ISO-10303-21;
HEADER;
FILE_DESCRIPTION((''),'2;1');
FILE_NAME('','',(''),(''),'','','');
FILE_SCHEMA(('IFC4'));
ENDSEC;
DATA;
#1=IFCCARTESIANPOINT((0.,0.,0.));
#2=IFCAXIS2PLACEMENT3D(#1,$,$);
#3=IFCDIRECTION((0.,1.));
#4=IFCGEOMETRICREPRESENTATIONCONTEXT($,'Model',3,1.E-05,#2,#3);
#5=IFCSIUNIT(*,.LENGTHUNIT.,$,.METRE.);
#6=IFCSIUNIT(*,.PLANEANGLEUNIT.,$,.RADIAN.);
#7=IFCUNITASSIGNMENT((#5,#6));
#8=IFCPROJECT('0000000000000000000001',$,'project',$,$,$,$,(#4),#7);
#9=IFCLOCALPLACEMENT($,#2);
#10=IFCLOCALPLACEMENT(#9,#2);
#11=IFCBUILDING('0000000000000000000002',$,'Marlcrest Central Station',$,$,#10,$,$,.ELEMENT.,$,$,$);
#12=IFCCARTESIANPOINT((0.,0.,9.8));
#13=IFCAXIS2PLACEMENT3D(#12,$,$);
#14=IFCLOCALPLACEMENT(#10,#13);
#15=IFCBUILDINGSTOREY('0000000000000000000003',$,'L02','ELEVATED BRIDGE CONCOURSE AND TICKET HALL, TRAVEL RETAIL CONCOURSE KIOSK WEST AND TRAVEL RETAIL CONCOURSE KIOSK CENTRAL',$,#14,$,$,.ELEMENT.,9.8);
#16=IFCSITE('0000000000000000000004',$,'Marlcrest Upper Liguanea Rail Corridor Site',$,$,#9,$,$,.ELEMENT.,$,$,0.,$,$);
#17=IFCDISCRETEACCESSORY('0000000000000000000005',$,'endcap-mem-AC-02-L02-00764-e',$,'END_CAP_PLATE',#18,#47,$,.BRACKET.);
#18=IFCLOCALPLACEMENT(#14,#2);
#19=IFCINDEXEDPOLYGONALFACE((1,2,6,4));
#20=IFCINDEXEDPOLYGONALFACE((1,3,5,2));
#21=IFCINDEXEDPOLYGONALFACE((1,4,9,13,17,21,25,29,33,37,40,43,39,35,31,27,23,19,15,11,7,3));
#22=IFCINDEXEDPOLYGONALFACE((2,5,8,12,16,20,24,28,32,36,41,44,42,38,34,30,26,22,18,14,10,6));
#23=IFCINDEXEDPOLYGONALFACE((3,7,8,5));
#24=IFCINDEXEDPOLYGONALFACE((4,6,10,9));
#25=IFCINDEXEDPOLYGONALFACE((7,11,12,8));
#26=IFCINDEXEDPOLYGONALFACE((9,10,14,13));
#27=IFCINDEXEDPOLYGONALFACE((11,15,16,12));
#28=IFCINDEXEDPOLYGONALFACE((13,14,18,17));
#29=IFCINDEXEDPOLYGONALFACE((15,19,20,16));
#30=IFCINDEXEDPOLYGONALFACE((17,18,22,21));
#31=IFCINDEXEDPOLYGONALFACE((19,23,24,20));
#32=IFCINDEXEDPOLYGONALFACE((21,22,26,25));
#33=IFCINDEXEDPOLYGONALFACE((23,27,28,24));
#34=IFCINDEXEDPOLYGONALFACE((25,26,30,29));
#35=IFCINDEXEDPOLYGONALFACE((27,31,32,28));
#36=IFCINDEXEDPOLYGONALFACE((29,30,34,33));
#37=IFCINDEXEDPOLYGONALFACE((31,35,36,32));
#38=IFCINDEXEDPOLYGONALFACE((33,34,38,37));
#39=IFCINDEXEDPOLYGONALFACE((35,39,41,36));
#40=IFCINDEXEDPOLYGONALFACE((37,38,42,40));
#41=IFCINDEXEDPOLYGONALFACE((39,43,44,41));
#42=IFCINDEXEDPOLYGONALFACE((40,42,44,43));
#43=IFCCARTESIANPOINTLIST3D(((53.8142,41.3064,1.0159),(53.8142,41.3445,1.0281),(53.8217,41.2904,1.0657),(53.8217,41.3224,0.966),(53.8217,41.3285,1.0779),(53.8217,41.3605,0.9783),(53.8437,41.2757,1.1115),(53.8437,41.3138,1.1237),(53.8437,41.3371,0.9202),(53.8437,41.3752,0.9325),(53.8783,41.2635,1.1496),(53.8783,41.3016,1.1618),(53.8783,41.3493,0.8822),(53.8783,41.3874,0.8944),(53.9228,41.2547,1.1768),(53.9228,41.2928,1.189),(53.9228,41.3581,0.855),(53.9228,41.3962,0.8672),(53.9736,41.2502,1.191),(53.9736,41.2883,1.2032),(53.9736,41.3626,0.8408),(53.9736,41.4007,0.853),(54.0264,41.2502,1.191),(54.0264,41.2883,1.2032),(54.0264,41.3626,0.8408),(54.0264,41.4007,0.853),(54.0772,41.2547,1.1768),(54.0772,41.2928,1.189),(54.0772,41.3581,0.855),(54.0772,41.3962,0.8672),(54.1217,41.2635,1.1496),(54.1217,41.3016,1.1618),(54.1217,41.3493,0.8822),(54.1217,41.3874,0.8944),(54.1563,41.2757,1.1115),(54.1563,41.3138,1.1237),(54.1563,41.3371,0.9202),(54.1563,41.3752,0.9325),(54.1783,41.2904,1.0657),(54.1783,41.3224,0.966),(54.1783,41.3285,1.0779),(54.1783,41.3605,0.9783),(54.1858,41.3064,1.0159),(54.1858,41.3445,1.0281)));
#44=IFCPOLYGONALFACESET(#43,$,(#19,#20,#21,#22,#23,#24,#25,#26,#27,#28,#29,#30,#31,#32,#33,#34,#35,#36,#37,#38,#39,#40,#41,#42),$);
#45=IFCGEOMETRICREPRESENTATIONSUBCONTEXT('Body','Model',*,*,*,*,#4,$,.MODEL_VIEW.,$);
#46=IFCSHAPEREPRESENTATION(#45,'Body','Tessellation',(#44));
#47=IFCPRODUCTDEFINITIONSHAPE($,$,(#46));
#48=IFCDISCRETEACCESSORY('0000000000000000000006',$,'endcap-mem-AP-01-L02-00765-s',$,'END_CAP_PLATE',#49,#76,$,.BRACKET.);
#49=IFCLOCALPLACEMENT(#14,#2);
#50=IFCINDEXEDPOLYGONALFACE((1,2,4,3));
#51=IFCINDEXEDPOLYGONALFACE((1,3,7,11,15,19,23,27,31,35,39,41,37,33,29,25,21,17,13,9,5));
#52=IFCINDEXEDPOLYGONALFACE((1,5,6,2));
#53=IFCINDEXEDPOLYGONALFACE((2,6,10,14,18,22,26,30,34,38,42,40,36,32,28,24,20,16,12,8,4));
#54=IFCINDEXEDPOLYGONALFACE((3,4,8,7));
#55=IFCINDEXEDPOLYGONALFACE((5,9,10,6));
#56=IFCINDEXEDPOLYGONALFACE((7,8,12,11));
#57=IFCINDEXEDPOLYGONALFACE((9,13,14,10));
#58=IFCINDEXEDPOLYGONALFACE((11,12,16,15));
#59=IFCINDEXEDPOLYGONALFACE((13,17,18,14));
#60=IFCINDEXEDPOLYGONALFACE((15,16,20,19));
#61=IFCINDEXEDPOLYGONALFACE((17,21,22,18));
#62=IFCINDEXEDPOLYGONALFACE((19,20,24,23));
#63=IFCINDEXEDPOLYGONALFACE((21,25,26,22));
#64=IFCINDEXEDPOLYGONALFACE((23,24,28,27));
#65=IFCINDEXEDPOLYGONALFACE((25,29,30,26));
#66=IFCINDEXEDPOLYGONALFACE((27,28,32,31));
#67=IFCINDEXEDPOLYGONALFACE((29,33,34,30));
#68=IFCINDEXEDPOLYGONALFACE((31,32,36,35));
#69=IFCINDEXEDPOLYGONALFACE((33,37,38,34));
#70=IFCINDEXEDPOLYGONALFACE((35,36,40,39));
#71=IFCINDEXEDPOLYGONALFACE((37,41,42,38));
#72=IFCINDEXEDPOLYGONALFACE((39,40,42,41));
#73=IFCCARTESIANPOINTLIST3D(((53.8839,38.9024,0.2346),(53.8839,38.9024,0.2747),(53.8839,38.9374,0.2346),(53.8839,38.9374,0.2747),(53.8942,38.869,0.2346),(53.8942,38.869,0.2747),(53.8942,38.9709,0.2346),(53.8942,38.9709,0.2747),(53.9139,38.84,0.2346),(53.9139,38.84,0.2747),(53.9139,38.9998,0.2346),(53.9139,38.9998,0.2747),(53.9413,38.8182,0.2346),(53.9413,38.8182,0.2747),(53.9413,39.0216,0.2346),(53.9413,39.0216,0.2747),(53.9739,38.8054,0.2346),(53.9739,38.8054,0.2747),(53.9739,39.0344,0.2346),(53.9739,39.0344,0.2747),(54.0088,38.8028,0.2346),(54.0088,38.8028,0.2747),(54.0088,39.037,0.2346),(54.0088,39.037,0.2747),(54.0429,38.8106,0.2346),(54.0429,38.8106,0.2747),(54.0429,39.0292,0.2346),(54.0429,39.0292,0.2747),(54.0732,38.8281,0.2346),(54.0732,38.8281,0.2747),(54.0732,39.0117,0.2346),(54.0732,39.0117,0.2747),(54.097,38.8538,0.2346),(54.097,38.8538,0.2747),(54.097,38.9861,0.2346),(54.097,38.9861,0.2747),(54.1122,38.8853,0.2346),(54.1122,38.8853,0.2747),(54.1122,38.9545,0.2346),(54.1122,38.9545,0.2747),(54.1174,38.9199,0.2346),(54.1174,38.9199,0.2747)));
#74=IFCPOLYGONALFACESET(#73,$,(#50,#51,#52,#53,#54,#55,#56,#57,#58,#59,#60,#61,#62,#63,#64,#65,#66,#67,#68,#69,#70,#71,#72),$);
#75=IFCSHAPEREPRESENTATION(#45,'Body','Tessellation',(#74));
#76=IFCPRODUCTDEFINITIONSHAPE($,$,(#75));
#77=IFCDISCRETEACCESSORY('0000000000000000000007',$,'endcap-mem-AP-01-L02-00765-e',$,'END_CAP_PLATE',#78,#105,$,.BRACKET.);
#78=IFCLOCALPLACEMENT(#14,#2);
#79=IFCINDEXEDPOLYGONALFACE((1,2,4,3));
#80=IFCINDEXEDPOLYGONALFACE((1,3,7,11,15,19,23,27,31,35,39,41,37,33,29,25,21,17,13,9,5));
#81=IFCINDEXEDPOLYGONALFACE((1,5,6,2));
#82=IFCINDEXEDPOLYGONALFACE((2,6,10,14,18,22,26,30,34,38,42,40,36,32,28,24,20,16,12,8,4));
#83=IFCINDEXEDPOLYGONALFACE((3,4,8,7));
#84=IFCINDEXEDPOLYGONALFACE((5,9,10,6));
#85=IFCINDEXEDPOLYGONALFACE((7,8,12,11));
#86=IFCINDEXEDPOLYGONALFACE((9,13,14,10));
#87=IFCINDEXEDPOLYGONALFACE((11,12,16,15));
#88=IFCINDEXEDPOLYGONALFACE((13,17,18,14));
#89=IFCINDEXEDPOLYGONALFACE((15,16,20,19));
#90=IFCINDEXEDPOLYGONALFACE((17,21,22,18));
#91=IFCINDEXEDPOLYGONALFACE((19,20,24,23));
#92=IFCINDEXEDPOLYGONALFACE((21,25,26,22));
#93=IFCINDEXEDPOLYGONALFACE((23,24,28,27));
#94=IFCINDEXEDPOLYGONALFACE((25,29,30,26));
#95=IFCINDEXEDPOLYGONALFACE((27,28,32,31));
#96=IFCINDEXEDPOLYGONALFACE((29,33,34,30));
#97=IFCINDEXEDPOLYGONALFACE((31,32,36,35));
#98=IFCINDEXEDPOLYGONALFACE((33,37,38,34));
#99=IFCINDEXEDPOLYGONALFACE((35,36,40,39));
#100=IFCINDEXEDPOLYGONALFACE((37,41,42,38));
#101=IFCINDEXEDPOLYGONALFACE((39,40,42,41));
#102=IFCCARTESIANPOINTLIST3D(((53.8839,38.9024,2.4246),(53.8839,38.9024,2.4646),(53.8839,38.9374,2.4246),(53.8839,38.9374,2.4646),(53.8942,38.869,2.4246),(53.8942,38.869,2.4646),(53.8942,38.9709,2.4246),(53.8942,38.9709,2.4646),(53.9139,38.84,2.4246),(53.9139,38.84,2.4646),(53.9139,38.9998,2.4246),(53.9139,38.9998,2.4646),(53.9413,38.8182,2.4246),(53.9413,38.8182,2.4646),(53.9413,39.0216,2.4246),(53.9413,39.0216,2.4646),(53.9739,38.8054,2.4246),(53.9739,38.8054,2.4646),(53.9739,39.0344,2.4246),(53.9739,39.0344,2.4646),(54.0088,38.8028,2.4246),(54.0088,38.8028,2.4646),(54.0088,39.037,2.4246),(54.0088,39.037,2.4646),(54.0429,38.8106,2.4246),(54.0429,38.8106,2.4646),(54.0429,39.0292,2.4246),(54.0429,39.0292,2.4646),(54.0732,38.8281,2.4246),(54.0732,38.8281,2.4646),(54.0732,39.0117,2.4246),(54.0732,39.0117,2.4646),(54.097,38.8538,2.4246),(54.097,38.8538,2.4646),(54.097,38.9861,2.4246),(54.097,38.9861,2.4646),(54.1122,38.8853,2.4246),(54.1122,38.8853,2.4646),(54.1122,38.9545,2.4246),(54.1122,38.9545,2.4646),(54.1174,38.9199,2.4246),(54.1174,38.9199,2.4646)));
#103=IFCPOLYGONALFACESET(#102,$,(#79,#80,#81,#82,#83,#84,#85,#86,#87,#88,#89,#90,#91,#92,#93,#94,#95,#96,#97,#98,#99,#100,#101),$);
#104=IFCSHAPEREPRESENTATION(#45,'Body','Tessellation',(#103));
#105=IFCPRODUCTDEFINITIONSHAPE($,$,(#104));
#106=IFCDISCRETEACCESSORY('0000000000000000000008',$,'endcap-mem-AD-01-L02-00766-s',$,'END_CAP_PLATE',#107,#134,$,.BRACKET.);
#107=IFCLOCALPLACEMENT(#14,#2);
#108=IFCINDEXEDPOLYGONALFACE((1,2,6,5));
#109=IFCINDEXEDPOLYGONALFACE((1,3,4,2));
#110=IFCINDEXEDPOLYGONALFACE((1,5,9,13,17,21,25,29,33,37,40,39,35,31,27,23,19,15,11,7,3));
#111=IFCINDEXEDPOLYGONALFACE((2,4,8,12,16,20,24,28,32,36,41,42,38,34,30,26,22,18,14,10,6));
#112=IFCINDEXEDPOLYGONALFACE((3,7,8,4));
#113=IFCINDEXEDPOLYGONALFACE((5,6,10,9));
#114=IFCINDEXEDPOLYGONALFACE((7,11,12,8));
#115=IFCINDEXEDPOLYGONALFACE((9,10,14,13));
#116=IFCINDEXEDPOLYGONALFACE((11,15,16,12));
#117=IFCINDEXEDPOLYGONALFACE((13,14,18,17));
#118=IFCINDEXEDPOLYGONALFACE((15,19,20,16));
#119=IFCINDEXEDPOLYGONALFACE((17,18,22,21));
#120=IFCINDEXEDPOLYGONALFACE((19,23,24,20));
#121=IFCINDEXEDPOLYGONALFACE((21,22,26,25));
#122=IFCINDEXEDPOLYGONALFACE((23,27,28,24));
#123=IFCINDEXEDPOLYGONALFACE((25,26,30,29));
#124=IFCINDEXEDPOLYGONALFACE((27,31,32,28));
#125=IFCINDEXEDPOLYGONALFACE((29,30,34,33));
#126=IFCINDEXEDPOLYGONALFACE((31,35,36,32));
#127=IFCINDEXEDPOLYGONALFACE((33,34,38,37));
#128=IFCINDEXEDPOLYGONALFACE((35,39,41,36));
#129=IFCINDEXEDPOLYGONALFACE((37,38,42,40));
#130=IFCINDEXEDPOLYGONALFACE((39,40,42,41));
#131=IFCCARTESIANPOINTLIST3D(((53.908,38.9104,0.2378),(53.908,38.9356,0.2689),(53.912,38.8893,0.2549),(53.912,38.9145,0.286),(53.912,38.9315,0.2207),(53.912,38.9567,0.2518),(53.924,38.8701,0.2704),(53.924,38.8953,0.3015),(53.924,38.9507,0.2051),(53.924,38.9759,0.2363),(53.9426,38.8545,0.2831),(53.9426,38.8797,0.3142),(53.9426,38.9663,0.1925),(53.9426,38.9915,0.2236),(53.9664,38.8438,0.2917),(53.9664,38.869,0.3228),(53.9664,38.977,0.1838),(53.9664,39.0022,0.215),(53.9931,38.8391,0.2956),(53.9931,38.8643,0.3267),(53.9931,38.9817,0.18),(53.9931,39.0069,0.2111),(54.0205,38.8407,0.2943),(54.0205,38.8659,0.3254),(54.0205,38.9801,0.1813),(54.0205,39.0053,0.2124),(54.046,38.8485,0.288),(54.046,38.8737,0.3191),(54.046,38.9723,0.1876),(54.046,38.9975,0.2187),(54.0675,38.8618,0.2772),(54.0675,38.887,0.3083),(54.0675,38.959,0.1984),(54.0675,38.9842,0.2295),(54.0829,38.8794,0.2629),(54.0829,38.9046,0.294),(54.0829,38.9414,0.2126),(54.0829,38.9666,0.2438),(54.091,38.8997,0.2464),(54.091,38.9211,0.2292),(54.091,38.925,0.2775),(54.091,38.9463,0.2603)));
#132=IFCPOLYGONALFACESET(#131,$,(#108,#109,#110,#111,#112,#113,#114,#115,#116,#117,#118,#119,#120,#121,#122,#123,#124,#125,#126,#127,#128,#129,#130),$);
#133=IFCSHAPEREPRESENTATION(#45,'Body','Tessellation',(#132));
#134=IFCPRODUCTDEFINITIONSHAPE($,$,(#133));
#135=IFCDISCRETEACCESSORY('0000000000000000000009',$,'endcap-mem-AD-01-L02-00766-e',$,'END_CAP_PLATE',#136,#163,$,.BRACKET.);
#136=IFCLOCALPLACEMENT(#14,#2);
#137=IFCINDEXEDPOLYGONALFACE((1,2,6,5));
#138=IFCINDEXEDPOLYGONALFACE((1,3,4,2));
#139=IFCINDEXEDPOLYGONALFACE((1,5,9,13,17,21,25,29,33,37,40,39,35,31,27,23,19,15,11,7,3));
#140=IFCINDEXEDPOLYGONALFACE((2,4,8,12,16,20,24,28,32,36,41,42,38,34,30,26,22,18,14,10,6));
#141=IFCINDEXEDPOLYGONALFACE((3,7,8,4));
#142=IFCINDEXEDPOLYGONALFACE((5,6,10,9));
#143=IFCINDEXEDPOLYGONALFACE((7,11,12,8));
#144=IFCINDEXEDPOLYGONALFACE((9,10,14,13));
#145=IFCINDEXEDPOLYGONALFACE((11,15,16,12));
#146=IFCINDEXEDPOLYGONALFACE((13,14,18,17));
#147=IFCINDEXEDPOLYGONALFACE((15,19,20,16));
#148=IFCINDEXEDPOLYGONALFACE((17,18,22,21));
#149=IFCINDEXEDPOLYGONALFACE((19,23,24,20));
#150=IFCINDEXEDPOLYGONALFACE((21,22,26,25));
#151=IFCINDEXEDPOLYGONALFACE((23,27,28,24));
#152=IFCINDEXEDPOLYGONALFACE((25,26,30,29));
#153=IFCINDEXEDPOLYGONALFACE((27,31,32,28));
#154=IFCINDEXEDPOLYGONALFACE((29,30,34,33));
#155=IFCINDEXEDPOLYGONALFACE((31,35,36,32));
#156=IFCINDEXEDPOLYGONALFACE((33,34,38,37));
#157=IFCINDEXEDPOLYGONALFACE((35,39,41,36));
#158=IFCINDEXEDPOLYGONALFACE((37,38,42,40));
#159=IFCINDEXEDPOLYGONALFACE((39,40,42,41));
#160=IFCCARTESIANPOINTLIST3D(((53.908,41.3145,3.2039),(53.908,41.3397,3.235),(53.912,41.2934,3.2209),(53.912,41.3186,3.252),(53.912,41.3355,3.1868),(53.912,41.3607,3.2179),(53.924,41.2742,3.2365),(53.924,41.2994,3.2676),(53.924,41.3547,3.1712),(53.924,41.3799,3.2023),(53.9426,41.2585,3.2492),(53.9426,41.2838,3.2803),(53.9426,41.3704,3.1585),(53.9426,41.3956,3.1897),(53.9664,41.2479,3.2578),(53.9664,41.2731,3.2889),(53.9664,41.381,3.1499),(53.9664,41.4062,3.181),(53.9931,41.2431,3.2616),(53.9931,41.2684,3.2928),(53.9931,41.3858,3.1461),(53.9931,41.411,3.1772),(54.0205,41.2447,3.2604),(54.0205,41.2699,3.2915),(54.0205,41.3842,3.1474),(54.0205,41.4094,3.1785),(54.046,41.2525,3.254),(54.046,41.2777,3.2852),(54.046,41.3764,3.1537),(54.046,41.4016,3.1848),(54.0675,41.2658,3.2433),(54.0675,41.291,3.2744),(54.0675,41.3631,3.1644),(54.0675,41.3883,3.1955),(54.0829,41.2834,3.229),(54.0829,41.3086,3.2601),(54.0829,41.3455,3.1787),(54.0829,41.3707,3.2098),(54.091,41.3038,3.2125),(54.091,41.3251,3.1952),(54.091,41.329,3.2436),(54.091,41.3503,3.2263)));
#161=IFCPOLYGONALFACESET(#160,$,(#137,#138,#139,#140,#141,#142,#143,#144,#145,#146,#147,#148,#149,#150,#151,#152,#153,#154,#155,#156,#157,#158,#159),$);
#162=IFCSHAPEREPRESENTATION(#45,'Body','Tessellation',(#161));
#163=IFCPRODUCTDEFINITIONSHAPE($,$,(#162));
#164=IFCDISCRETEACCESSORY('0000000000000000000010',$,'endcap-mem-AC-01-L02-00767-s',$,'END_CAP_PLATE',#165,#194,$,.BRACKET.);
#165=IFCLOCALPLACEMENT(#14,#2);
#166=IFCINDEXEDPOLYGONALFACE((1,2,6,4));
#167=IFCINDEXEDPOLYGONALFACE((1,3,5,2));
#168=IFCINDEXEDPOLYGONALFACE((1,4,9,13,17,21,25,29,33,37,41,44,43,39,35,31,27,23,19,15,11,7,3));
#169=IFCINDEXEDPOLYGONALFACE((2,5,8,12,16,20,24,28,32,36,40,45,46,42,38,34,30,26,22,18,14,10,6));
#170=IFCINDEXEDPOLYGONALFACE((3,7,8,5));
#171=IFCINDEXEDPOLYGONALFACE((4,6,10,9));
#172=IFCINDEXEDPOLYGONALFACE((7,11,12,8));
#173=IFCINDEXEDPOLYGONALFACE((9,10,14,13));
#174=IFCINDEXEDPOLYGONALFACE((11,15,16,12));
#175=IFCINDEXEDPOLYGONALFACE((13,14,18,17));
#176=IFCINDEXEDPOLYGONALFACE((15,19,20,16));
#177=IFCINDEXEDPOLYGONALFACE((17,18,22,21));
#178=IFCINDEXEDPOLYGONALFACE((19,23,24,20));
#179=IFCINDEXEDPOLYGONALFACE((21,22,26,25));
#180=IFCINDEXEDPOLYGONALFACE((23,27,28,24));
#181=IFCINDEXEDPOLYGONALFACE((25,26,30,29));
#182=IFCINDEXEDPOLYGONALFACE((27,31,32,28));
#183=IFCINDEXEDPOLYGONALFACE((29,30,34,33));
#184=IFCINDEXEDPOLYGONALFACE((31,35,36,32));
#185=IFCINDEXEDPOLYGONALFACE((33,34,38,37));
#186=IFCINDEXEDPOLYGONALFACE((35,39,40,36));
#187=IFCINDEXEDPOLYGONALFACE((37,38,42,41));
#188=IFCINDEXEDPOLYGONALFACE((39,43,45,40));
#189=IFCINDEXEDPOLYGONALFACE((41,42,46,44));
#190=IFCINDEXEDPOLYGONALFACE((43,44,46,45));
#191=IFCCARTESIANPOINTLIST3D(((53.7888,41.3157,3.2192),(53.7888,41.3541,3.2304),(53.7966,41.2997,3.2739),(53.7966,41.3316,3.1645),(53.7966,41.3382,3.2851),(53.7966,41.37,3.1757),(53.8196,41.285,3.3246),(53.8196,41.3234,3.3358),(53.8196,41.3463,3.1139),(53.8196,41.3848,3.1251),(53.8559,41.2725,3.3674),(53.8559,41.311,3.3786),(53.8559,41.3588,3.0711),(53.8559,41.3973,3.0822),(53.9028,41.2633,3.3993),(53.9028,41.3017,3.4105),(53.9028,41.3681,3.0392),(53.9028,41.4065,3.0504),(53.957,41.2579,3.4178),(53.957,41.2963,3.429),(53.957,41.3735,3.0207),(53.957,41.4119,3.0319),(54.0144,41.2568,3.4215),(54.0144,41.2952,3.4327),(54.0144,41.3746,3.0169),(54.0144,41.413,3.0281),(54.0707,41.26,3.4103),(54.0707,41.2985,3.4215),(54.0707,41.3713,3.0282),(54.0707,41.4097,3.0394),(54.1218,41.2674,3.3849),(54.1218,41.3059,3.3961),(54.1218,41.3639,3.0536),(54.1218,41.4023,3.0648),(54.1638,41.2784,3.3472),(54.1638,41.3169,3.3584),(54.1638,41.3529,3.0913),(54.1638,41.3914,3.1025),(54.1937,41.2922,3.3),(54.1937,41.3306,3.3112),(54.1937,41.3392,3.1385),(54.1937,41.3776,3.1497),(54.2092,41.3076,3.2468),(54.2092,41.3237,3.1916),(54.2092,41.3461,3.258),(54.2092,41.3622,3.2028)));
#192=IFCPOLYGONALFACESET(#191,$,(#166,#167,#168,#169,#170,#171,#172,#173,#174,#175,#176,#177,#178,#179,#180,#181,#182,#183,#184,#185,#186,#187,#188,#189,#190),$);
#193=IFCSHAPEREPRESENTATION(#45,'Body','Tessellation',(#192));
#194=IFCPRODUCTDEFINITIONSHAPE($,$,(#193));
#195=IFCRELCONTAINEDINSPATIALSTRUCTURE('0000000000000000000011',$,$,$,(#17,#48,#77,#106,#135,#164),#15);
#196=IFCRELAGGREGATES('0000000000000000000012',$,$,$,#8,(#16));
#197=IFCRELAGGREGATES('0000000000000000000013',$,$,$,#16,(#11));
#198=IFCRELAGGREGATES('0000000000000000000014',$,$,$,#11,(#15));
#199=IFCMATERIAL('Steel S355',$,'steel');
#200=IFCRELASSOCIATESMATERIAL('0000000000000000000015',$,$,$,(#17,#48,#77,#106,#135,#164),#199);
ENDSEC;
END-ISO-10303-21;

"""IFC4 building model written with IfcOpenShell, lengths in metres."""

from ifc_helpers import new_model, si_unit, direction, frame, origin, origin_2d, place, context, subcontext, project, spatial, circle, extrude, material, element, save


model = new_model("IFC4")

# Units and contexts
model_context = context("Model", 3, precision=1e-05, world=origin(), true_north=direction((0.0, 1.0)))
body_context = subcontext(model_context, "Body", "Model", "MODEL_VIEW")
ifc_project = project(units=[si_unit("LENGTHUNIT", "METRE"), si_unit("PLANEANGLEUNIT", "RADIAN")], contexts=[model_context])

# Site, building, storey
site_placement = place(None, origin())
site = spatial("IfcSite", under=ifc_project, at=site_placement, Name="Marlcrest Upper Liguanea Rail Corridor Site", CompositionType="ELEMENT", RefElevation=0.0)
building_placement = place(site_placement, origin())
building = spatial("IfcBuilding", under=site, at=building_placement, Name="Marlcrest Central Station", CompositionType="ELEMENT")
storey_placement = place(building_placement, frame((0.0, 0.0, 9.8)))
storey = spatial("IfcBuildingStorey", under=building, at=storey_placement, Name="L02", Description="ELEVATED BRIDGE CONCOURSE AND TICKET HALL, TRAVEL RETAIL CONCOURSE KIOSK WEST AND TRAVEL RETAIL CONCOURSE KIOSK CENTRAL", CompositionType="ELEMENT", Elevation=9.8)

# Shared definitions
ifc_material_1 = material(Name="Steel S355", Category="steel")

# Discrete accessories
for number, where, z_axis, x_axis, name in (
    (1, (54.0, 41.3064, 1.0159), (0.0, 0.952117, 0.305734), (-1.0, 0.0, 0.0), "endcap-mem-AC-02-L02-00764-e"),
):
    element("IfcDiscreteAccessory", number, at=place(storey_placement, frame(where, z_axis=z_axis, x_axis=x_axis)), inside=storey, material=ifc_material_1, Name=name, ObjectType="END_CAP_PLATE", PredefinedType="BRACKET", context=body_context, shape_type="SweptSolid", body=[
        extrude(circle(Radius=0.1858, at=origin_2d()), origin(), (0.0, 0.0, 1.0), 0.04),
    ])
for number, where, z_axis, x_axis, name in (
    (2, (54.0, 38.9199, 0.2346), (0.0, 0.0, 1.0), (1.0, 0.0, 0.0), "endcap-mem-AP-01-L02-00765-s"),
    (3, (54.0, 38.9199, 2.4246), (0.0, 0.0, 1.0), (1.0, 0.0, 0.0), "endcap-mem-AP-01-L02-00765-e"),
):
    element("IfcDiscreteAccessory", number, at=place(storey_placement, frame(where, z_axis=z_axis, x_axis=x_axis)), inside=storey, material=ifc_material_1, Name=name, ObjectType="END_CAP_PLATE", PredefinedType="BRACKET", context=body_context, shape_type="SweptSolid", body=[
        extrude(circle(Radius=0.1174, at=origin_2d()), origin(), (0.0, 0.0, 1.0), 0.04),
    ])
for number, where, z_axis, x_axis, name in (
    (4, (54.0, 38.9104, 0.2378), (0.0, 0.629629, 0.776896), (-1.0, 0.0, 0.0), "endcap-mem-AD-01-L02-00766-s"),
    (5, (54.0, 41.3145, 3.2039), (0.0, 0.629629, 0.776896), (-1.0, 0.0, 0.0), "endcap-mem-AD-01-L02-00766-e"),
):
    element("IfcDiscreteAccessory", number, at=place(storey_placement, frame(where, z_axis=z_axis, x_axis=x_axis)), inside=storey, material=ifc_material_1, Name=name, ObjectType="END_CAP_PLATE", PredefinedType="BRACKET", context=body_context, shape_type="SweptSolid", body=[
        extrude(circle(Radius=0.092, at=origin_2d()), origin(), (0.0, 0.0, 1.0), 0.04),
    ])
discrete_accessory_1_placement = place(storey_placement, frame((54.0, 41.3157, 3.2192), z_axis=(0.0, 0.96013, 0.279554), x_axis=(-1.0, 0.0, 0.0)))
element("IfcDiscreteAccessory", 6, at=discrete_accessory_1_placement, inside=storey, material=ifc_material_1, Name="endcap-mem-AC-01-L02-00767-s", ObjectType="END_CAP_PLATE", PredefinedType="BRACKET", context=body_context, shape_type="SweptSolid", body=[
    extrude(circle(Radius=0.2112, at=origin_2d()), origin(), (0.0, 0.0, 1.0), 0.04),
])

save(model, "model.ifc")
